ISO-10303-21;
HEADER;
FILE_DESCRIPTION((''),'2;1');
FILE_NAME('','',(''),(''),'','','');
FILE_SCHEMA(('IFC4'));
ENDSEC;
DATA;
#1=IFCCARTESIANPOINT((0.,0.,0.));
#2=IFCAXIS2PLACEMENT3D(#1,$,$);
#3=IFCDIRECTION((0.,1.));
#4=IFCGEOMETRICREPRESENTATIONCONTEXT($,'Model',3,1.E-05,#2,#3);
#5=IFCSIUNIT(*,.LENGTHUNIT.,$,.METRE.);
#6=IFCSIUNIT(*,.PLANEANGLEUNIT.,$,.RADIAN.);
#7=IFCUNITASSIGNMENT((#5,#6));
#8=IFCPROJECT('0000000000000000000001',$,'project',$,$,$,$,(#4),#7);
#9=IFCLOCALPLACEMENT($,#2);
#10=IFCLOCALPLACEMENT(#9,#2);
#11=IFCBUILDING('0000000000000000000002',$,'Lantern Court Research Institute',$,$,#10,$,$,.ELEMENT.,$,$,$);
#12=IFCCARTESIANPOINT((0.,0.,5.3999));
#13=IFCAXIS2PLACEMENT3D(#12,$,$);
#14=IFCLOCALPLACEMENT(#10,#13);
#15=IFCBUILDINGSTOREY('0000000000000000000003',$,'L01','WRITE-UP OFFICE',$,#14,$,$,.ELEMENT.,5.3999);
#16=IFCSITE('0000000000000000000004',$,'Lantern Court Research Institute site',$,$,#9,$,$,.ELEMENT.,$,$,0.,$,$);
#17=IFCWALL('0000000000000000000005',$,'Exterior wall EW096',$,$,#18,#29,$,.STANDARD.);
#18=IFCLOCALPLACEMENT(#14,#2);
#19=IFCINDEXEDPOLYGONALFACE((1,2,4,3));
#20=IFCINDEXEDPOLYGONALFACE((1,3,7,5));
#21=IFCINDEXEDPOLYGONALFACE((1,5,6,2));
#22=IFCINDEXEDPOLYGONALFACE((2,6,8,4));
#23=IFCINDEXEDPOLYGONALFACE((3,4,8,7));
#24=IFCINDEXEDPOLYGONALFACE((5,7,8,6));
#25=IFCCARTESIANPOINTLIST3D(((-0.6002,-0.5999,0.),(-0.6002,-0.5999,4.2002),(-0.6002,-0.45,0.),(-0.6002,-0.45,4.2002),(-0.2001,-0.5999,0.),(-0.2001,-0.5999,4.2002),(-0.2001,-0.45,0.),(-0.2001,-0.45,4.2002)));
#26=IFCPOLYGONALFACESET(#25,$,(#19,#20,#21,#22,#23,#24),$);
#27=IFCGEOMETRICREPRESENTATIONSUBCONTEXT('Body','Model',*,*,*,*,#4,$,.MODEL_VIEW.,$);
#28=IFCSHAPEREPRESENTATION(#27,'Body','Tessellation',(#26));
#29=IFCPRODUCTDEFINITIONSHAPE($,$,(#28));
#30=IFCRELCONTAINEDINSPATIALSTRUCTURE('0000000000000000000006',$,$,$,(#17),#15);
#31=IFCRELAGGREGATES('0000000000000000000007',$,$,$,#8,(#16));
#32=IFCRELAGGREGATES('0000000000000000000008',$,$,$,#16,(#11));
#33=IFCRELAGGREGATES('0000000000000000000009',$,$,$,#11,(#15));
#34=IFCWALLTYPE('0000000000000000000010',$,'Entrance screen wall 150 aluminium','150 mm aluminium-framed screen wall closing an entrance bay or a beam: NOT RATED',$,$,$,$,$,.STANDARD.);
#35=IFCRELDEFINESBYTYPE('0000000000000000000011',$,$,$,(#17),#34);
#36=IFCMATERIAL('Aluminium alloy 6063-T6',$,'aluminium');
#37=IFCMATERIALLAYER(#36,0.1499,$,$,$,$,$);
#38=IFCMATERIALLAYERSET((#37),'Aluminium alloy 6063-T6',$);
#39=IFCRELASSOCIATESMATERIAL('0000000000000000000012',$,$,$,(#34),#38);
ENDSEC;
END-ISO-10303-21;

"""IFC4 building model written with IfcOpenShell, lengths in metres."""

from ifc_helpers import new_model, si_unit, direction, frame, frame_2d, origin, place, context, subcontext, project, spatial, rectangle, extrude, material, layer, layer_set, type_object, element, save


model = new_model("IFC4")

# Units and contexts
model_context = context("Model", 3, precision=1e-05, world=origin(), true_north=direction((0.0, 1.0)))
body_context = subcontext(model_context, "Body", "Model", "MODEL_VIEW")
ifc_project = project(units=[si_unit("LENGTHUNIT", "METRE"), si_unit("PLANEANGLEUNIT", "RADIAN")], contexts=[model_context])

# Site, building, storey
site_placement = place(None, origin())
site = spatial("IfcSite", under=ifc_project, at=site_placement, Name="Lantern Court Research Institute site", CompositionType="ELEMENT", RefElevation=0.0)
building_placement = place(site_placement, origin())
building = spatial("IfcBuilding", under=site, at=building_placement, Name="Lantern Court Research Institute", CompositionType="ELEMENT")
storey_placement = place(building_placement, frame((0.0, 0.0, 5.3999)))
storey = spatial("IfcBuildingStorey", under=building, at=storey_placement, Name="L01", Description="WRITE-UP OFFICE", CompositionType="ELEMENT", Elevation=5.3999)

# Wall
ifc_material_1 = material(Name="Aluminium alloy 6063-T6", Category="aluminium")
ifc_layer_1 = layer(ifc_material_1, 0.1499)
ifc_layer_set_1 = layer_set([ifc_layer_1], Name="Aluminium alloy 6063-T6")
wall_type = type_object("IfcWallType", Name="Entrance screen wall 150 aluminium", Description="150 mm aluminium-framed screen wall closing an entrance bay or a beam: NOT RATED", PredefinedType="STANDARD", material=ifc_layer_set_1)
wall_placement = place(storey_placement, frame((-0.2, -0.5249, 0.0), z_axis=(0.0, 0.0, 1.0), x_axis=(-1.0, 0.0, 0.0)))
element("IfcWall", 1, at=wall_placement, inside=storey, type_object=wall_type, Name="Exterior wall EW096", PredefinedType="STANDARD", context=body_context, shape_type="SweptSolid", body=[
    extrude(rectangle(XDim=0.4001, YDim=0.1499, at=frame_2d((0.2002, 0.0))), origin(), (0.0, 0.0, 1.0), 4.2002),
])

save(model, "model.ifc")
